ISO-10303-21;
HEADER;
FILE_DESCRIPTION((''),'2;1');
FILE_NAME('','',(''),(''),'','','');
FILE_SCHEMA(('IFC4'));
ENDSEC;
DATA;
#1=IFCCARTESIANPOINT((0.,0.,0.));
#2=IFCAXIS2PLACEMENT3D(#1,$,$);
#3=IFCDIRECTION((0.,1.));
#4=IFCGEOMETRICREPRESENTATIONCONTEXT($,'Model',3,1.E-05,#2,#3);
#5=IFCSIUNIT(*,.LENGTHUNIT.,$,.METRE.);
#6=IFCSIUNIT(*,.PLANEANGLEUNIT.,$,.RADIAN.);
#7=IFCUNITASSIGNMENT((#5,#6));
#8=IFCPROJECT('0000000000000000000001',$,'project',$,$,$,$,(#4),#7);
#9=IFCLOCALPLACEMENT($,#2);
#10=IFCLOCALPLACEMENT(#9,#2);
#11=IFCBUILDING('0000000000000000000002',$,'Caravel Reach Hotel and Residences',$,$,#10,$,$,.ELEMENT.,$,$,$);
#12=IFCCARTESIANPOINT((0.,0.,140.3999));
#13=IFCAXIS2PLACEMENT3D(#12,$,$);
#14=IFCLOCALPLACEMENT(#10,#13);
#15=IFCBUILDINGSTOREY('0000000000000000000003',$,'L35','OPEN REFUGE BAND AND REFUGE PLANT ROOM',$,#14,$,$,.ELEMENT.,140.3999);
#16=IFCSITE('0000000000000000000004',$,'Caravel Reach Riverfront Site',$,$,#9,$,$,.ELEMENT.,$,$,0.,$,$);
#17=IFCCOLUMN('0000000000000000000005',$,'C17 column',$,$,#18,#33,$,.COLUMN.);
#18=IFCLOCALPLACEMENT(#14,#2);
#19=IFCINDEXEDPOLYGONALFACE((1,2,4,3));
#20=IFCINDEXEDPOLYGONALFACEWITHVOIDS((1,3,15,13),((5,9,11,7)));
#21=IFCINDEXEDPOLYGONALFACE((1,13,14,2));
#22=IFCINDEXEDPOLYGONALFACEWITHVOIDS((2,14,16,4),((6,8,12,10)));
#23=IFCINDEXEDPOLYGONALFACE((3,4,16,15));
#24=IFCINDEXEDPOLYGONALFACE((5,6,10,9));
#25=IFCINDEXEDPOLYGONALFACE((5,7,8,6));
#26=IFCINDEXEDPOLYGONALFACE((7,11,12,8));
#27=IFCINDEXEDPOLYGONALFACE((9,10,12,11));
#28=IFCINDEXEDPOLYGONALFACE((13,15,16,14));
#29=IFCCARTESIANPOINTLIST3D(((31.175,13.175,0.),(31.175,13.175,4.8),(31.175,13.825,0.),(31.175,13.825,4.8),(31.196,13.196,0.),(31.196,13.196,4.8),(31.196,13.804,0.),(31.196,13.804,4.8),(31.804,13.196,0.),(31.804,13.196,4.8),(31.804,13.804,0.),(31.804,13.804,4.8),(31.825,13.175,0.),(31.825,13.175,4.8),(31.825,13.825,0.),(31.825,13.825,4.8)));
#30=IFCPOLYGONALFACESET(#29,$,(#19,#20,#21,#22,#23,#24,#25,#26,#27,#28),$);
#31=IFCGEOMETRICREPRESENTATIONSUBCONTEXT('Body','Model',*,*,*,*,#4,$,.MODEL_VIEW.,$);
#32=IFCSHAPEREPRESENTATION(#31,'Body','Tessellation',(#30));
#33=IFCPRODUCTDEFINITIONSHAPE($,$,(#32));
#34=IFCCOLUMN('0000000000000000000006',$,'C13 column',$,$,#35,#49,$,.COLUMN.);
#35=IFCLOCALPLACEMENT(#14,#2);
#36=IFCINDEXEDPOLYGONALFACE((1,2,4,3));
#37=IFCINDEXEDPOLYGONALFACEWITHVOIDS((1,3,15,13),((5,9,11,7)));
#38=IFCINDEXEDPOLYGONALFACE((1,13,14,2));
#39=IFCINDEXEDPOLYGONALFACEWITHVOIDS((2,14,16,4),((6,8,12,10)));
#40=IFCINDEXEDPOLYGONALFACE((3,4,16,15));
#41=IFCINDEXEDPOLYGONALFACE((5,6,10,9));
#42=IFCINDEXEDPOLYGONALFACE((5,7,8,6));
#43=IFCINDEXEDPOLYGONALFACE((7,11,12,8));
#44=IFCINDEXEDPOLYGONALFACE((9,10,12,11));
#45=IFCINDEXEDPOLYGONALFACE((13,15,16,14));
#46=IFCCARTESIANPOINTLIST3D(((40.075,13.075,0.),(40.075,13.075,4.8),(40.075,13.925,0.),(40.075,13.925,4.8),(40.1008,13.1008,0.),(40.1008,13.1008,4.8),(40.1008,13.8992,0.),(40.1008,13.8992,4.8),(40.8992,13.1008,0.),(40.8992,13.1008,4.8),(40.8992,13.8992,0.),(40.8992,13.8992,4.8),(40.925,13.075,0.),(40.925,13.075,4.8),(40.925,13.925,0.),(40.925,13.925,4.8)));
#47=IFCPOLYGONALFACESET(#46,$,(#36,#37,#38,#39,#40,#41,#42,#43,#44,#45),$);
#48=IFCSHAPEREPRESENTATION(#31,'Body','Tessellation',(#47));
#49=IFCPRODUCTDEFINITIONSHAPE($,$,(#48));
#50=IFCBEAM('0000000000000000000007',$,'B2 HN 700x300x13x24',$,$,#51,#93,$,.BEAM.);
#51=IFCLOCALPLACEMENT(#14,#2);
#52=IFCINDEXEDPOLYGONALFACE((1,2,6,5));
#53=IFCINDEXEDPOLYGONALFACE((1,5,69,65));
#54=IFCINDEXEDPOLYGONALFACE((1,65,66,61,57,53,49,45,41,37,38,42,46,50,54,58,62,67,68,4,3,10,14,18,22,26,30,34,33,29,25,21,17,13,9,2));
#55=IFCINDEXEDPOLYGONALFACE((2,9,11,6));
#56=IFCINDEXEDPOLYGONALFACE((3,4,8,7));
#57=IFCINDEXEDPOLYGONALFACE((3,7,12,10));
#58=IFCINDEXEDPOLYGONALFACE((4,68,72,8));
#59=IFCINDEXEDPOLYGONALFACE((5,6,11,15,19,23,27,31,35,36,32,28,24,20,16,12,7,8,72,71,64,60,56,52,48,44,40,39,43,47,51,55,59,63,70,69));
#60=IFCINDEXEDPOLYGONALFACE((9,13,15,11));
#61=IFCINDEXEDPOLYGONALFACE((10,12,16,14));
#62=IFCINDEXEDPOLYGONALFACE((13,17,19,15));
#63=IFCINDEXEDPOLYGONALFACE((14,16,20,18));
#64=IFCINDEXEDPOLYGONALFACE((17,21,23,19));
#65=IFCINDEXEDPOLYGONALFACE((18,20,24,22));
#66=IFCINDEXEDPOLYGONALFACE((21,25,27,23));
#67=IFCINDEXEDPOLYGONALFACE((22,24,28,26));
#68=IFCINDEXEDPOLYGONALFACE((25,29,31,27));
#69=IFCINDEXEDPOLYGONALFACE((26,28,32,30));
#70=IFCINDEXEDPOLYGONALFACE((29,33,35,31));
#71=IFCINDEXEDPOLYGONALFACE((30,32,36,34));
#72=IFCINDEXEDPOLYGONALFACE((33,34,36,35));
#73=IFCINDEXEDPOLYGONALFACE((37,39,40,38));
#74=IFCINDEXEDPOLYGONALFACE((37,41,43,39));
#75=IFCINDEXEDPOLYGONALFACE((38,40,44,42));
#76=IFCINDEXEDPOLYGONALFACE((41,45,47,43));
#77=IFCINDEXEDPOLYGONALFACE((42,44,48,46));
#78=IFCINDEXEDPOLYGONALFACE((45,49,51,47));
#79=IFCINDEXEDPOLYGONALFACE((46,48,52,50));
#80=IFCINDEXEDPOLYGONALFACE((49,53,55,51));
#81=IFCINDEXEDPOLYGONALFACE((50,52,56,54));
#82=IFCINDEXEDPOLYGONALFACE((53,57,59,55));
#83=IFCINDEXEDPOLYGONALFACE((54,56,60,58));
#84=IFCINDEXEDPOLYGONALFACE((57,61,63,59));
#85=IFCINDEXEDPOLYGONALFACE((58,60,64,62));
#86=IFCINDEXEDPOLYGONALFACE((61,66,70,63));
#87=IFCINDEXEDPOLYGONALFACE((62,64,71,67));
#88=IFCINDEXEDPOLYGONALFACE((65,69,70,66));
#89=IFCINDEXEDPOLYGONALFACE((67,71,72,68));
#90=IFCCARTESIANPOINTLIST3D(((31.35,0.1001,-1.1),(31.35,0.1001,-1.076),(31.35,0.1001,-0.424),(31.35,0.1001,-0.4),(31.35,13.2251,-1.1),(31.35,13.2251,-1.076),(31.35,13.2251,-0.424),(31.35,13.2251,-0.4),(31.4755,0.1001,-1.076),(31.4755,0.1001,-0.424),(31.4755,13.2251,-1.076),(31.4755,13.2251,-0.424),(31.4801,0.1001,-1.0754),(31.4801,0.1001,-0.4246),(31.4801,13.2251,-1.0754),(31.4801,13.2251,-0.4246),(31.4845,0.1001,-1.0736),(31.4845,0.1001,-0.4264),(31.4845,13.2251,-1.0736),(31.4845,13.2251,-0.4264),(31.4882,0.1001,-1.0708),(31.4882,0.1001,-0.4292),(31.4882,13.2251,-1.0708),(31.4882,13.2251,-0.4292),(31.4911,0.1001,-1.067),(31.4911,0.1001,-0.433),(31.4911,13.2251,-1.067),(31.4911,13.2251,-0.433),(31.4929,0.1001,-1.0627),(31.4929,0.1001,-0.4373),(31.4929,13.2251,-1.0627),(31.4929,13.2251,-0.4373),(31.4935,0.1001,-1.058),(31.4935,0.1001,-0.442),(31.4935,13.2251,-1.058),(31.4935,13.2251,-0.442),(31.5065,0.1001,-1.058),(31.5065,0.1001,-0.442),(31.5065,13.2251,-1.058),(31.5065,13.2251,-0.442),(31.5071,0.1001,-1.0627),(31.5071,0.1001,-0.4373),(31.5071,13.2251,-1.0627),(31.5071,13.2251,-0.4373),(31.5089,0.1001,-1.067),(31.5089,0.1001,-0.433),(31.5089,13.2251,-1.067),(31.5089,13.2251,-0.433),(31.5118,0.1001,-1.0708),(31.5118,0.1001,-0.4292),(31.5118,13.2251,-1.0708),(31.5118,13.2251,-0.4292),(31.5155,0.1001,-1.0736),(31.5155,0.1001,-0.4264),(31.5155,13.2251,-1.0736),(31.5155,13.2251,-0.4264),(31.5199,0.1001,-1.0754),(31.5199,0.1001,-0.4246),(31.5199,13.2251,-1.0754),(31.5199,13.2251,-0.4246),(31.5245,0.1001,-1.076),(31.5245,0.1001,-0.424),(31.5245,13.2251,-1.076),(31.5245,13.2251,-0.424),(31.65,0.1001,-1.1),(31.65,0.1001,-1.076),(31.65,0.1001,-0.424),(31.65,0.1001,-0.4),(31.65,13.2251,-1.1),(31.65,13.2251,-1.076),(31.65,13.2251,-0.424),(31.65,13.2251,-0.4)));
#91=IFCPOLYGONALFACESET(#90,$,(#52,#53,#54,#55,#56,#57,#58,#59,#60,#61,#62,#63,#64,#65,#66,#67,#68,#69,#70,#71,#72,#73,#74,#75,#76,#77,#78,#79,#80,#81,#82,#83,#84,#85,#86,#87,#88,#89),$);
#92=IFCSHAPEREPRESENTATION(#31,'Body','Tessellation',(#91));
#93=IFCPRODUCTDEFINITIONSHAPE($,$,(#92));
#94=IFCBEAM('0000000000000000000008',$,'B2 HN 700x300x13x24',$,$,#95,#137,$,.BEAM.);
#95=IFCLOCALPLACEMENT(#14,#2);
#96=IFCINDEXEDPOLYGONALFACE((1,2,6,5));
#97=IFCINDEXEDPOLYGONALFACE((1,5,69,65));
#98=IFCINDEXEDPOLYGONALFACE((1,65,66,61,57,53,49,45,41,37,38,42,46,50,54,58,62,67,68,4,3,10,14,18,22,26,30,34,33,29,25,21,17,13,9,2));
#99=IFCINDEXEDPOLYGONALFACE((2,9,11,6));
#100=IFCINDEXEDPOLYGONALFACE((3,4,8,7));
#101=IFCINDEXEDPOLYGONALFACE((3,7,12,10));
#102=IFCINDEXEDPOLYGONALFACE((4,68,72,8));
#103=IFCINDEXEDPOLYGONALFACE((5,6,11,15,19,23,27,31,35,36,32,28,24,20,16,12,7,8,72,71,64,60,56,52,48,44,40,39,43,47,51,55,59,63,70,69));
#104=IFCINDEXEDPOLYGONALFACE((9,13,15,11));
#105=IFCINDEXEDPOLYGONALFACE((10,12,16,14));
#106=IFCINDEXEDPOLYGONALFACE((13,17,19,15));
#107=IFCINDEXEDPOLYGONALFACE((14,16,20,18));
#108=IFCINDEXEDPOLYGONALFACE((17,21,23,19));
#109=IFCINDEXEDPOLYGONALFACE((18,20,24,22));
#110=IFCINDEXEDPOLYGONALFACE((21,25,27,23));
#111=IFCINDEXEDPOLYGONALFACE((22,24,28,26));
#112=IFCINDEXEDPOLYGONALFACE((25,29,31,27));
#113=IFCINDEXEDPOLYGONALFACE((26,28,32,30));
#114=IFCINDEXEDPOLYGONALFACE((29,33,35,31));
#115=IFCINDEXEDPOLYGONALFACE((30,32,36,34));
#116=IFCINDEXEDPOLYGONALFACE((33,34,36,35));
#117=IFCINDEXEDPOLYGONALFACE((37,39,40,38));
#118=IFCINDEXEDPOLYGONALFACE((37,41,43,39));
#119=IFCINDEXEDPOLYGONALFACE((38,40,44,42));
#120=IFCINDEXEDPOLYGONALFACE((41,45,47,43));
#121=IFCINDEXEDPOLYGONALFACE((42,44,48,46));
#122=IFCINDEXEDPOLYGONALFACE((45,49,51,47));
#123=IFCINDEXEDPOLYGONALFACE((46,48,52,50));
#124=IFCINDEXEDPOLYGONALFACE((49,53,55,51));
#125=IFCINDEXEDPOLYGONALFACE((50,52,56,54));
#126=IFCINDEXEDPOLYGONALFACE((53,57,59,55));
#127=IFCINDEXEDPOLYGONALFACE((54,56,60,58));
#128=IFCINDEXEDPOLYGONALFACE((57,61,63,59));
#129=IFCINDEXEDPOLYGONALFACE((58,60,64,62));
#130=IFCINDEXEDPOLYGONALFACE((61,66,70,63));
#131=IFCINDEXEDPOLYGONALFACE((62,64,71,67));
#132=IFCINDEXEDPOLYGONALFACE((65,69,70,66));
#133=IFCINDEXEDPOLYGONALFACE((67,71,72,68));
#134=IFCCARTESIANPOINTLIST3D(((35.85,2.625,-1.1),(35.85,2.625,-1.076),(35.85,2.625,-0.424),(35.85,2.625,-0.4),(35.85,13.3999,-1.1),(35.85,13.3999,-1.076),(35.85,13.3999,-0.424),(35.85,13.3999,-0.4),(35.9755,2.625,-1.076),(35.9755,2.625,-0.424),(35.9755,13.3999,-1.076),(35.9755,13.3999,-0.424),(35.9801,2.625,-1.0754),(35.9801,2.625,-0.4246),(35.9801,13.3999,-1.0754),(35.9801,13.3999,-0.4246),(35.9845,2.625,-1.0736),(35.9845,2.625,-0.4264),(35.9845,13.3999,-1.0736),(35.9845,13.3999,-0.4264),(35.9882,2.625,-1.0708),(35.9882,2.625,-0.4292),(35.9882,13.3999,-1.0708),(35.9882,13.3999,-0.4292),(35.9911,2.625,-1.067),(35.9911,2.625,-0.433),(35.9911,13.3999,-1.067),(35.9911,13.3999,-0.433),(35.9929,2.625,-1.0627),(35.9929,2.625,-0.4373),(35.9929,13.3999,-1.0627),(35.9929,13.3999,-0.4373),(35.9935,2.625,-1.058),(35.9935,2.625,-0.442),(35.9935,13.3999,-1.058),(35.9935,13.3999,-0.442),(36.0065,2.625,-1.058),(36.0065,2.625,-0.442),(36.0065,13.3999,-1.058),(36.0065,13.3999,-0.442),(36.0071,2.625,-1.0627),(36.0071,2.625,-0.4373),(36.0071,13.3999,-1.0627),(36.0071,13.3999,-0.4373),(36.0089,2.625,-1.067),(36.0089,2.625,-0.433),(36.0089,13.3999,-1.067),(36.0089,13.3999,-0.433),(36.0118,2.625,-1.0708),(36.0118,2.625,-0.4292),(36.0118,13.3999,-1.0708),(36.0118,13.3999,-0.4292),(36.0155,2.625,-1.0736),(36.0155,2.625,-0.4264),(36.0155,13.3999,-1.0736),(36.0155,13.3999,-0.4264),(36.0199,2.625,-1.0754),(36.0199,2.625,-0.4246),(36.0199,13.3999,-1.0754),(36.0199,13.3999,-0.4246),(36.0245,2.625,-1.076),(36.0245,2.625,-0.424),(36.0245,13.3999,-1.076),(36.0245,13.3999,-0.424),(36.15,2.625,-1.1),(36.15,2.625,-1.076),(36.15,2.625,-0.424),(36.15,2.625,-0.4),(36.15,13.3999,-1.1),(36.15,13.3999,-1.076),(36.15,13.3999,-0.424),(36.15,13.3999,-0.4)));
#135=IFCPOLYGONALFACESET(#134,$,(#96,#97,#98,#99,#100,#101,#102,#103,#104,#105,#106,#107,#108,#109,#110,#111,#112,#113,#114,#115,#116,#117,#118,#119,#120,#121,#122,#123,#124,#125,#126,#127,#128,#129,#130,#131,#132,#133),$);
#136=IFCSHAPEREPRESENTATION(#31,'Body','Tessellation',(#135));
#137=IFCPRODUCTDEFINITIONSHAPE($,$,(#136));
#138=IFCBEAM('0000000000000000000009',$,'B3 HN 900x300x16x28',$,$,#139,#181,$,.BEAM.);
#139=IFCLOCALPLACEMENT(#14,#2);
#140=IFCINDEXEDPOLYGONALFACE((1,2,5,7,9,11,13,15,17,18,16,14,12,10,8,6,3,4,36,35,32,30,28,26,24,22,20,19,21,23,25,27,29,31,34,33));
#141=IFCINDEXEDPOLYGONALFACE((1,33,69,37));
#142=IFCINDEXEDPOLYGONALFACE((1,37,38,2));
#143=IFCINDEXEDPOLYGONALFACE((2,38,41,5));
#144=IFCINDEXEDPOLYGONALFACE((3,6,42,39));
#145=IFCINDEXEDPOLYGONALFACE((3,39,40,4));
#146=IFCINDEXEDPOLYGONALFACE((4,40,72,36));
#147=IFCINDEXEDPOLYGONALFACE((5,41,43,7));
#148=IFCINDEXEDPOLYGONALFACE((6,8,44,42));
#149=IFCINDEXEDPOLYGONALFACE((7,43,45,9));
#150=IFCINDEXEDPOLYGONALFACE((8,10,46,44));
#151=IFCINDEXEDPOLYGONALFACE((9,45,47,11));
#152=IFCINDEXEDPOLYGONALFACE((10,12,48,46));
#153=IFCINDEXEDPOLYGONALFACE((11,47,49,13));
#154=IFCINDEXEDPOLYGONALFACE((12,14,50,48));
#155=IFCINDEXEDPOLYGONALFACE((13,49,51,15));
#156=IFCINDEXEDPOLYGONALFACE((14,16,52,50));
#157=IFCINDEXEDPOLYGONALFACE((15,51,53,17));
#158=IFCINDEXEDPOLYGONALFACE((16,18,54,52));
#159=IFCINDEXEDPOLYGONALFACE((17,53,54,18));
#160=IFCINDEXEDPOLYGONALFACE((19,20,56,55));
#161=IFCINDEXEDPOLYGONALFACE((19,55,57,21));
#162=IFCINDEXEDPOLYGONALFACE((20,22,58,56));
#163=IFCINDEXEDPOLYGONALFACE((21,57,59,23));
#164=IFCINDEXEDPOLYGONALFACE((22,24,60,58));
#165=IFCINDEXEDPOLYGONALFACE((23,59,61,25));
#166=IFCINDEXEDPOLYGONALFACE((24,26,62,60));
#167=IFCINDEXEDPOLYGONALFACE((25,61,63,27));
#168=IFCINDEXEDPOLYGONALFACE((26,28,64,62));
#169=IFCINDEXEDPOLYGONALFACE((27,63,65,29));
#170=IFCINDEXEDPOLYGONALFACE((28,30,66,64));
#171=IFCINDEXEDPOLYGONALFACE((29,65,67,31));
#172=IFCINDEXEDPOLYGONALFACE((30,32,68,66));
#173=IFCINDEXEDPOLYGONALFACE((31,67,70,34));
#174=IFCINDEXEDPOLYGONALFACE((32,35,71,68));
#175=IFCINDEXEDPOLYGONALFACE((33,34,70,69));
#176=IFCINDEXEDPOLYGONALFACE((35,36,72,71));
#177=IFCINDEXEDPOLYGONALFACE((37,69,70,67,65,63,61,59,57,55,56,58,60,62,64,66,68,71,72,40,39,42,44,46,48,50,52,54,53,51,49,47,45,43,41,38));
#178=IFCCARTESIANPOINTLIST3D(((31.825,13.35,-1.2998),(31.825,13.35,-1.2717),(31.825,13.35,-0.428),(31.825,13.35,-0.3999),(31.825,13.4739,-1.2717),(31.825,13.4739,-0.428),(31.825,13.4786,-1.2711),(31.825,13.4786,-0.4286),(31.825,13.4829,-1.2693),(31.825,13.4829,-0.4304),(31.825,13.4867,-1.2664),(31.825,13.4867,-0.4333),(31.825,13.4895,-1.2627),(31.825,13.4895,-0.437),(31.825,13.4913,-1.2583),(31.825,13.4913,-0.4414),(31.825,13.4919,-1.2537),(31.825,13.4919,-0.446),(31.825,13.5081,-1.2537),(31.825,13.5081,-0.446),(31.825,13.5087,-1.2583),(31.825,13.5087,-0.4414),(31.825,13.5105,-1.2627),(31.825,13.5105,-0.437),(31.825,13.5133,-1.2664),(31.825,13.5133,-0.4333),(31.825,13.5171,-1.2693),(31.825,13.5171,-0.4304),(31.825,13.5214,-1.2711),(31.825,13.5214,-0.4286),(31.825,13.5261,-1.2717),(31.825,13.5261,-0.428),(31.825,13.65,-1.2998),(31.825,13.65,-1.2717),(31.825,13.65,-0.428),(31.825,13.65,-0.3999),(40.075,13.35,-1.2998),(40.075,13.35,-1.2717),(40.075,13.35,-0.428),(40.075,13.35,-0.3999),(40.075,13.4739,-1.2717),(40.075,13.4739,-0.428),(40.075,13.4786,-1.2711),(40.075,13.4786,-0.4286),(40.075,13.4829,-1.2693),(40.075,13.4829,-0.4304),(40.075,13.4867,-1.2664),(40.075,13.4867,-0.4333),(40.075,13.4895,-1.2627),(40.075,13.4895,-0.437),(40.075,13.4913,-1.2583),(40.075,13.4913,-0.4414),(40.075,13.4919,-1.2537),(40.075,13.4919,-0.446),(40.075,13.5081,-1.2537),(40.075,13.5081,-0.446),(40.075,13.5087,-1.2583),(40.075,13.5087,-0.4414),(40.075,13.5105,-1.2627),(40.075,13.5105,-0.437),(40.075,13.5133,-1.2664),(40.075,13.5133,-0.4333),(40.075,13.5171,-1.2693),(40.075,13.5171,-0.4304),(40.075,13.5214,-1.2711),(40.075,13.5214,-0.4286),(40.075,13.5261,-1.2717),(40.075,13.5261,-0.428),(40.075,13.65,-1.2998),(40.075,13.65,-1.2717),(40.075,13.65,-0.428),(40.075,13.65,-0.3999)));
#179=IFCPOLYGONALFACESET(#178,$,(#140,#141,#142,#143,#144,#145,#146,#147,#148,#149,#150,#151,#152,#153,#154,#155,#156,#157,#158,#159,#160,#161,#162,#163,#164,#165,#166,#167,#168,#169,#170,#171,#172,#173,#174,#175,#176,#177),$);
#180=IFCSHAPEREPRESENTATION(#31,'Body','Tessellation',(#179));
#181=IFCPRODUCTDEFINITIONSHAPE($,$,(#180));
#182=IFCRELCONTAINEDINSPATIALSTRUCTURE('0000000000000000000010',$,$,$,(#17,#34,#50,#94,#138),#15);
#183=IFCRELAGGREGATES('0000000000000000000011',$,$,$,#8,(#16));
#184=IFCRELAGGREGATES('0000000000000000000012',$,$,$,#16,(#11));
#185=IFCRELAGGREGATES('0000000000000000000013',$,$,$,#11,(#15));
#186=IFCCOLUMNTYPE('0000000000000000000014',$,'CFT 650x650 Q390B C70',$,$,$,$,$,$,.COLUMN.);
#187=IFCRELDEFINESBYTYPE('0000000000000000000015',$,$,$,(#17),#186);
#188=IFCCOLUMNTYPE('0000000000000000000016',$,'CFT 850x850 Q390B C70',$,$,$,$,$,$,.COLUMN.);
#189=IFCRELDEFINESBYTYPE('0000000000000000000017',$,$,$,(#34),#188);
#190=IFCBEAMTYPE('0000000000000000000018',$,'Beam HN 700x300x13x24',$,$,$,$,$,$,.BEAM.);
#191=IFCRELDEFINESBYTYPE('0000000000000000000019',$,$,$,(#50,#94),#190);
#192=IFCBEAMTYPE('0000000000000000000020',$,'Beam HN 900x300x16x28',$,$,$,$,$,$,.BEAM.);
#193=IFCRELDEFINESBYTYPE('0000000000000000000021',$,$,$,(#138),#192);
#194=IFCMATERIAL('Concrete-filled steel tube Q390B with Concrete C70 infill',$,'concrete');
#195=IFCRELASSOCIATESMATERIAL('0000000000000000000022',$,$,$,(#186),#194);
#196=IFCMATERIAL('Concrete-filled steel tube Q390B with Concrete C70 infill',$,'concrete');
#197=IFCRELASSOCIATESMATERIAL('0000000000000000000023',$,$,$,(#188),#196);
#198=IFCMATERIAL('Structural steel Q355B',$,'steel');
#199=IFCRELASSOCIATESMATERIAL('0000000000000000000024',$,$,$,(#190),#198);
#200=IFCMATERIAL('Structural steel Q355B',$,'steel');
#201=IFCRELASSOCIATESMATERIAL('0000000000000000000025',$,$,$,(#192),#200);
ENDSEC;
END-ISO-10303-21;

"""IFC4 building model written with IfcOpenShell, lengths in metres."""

from ifc_helpers import new_model, si_unit, direction, frame, origin, origin_2d, place, context, subcontext, project, spatial, hollow_rectangle, i_section, extrude, material, material_profile, profile_set, type_object, element, save


model = new_model("IFC4")

# Units and contexts
model_context = context("Model", 3, precision=1e-05, world=origin(), true_north=direction((0.0, 1.0)))
body_context = subcontext(model_context, "Body", "Model", "MODEL_VIEW")
ifc_project = project(units=[si_unit("LENGTHUNIT", "METRE"), si_unit("PLANEANGLEUNIT", "RADIAN")], contexts=[model_context])

# Site, building, storey
site_placement = place(None, origin())
site = spatial("IfcSite", under=ifc_project, at=site_placement, Name="Caravel Reach Riverfront Site", CompositionType="ELEMENT", RefElevation=0.0)
building_placement = place(site_placement, origin())
building = spatial("IfcBuilding", under=site, at=building_placement, Name="Caravel Reach Hotel and Residences", CompositionType="ELEMENT")
storey_placement = place(building_placement, frame((0.0, 0.0, 140.3999)))
storey = spatial("IfcBuildingStorey", under=building, at=storey_placement, Name="L35", Description="OPEN REFUGE BAND AND REFUGE PLANT ROOM", CompositionType="ELEMENT", Elevation=140.3999)

# Columns
ifc_material_1 = material(Name="Concrete-filled steel tube Q390B with Concrete C70 infill", Category="concrete")
ifc_material_profile_1 = material_profile(ifc_material_1, hollow_rectangle(XDim=0.6499, YDim=0.6499, WallThickness=0.021, at=origin_2d()), Name="RHS 650x650x21")
ifc_profile_set_1 = profile_set([ifc_material_profile_1], Name="Concrete-filled steel tube Q390B with Concrete C70 infill")
column_type_1 = type_object("IfcColumnType", Name="CFT 650x650 Q390B C70", PredefinedType="COLUMN", material=ifc_profile_set_1)
column_1_placement = place(storey_placement, frame((31.5, 13.5, 0.0), z_axis=(0.0, 0.0, 1.0), x_axis=(1.0, 0.0, 0.0)))
element("IfcColumn", 1, at=column_1_placement, inside=storey, type_object=column_type_1, Name="C17 column", PredefinedType="COLUMN", context=body_context, shape_type="SweptSolid", body=[
    extrude(hollow_rectangle(XDim=0.6499, YDim=0.6499, WallThickness=0.021, at=origin_2d()), origin(), (0.0, 0.0, 1.0), 4.8),
])
ifc_material_2 = material(Name="Concrete-filled steel tube Q390B with Concrete C70 infill", Category="concrete")
ifc_material_profile_2 = material_profile(ifc_material_2, hollow_rectangle(XDim=0.8501, YDim=0.8501, WallThickness=0.0259, at=origin_2d()), Name="RHS 850x850x26")
ifc_profile_set_2 = profile_set([ifc_material_profile_2], Name="Concrete-filled steel tube Q390B with Concrete C70 infill")
column_type_2 = type_object("IfcColumnType", Name="CFT 850x850 Q390B C70", PredefinedType="COLUMN", material=ifc_profile_set_2)
column_2_placement = place(storey_placement, frame((40.5, 13.5, 0.0), z_axis=(0.0, 0.0, 1.0), x_axis=(1.0, 0.0, 0.0)))
element("IfcColumn", 2, at=column_2_placement, inside=storey, type_object=column_type_2, Name="C13 column", PredefinedType="COLUMN", context=body_context, shape_type="SweptSolid", body=[
    extrude(hollow_rectangle(XDim=0.8501, YDim=0.8501, WallThickness=0.0259, at=origin_2d()), origin(), (0.0, 0.0, 1.0), 4.8),
])

# Beams
ifc_material_3 = material(Name="Structural steel Q355B", Category="steel")
ifc_material_profile_3 = material_profile(ifc_material_3, i_section(OverallWidth=0.3, OverallDepth=0.7, WebThickness=0.0129, FlangeThickness=0.0239, FilletRadius=0.0181, at=origin_2d()), Name="HN 700x300x13x24")
ifc_profile_set_3 = profile_set([ifc_material_profile_3], Name="Structural steel Q355B")
beam_type_1 = type_object("IfcBeamType", Name="Beam HN 700x300x13x24", PredefinedType="BEAM", material=ifc_profile_set_3)
beam_1_placement = place(storey_placement, frame((31.5, 13.2251, -0.75), z_axis=(0.0, -1.0, 0.0), x_axis=(1.0, 0.0, 0.0)))
element("IfcBeam", 3, at=beam_1_placement, inside=storey, type_object=beam_type_1, Name="B2 HN 700x300x13x24", PredefinedType="BEAM", context=body_context, shape_type="SweptSolid", body=[
    extrude(i_section(OverallWidth=0.3, OverallDepth=0.7, WebThickness=0.0129, FlangeThickness=0.0239, FilletRadius=0.0181, at=origin_2d()), origin(), (0.0, 0.0, 1.0), 13.125),
])
beam_2_placement = place(storey_placement, frame((36.0, 13.3999, -0.75), z_axis=(0.0, -1.0, 0.0), x_axis=(1.0, 0.0, 0.0)))
element("IfcBeam", 4, at=beam_2_placement, inside=storey, type_object=beam_type_1, Name="B2 HN 700x300x13x24", PredefinedType="BEAM", context=body_context, shape_type="SweptSolid", body=[
    extrude(i_section(OverallWidth=0.3, OverallDepth=0.7, WebThickness=0.0129, FlangeThickness=0.0239, FilletRadius=0.0181, at=origin_2d()), origin(), (0.0, 0.0, 1.0), 10.7749),
])
ifc_material_4 = material(Name="Structural steel Q355B", Category="steel")
ifc_material_profile_4 = material_profile(ifc_material_4, i_section(OverallWidth=0.3, OverallDepth=0.8999, WebThickness=0.0161, FlangeThickness=0.0281, FilletRadius=0.0181, at=origin_2d()), Name="HN 900x300x16x28")
ifc_profile_set_4 = profile_set([ifc_material_profile_4], Name="Structural steel Q355B")
beam_type_2 = type_object("IfcBeamType", Name="Beam HN 900x300x16x28", PredefinedType="BEAM", material=ifc_profile_set_4)
beam_3_placement = place(storey_placement, frame((31.825, 13.5, -0.8499), z_axis=(1.0, 0.0, 0.0), x_axis=(0.0, 1.0, 0.0)))
element("IfcBeam", 5, at=beam_3_placement, inside=storey, type_object=beam_type_2, Name="B3 HN 900x300x16x28", PredefinedType="BEAM", context=body_context, shape_type="SweptSolid", body=[
    extrude(i_section(OverallWidth=0.3, OverallDepth=0.8999, WebThickness=0.0161, FlangeThickness=0.0281, FilletRadius=0.0181, at=origin_2d()), origin(), (0.0, 0.0, 1.0), 8.25),
])

save(model, "model.ifc")
